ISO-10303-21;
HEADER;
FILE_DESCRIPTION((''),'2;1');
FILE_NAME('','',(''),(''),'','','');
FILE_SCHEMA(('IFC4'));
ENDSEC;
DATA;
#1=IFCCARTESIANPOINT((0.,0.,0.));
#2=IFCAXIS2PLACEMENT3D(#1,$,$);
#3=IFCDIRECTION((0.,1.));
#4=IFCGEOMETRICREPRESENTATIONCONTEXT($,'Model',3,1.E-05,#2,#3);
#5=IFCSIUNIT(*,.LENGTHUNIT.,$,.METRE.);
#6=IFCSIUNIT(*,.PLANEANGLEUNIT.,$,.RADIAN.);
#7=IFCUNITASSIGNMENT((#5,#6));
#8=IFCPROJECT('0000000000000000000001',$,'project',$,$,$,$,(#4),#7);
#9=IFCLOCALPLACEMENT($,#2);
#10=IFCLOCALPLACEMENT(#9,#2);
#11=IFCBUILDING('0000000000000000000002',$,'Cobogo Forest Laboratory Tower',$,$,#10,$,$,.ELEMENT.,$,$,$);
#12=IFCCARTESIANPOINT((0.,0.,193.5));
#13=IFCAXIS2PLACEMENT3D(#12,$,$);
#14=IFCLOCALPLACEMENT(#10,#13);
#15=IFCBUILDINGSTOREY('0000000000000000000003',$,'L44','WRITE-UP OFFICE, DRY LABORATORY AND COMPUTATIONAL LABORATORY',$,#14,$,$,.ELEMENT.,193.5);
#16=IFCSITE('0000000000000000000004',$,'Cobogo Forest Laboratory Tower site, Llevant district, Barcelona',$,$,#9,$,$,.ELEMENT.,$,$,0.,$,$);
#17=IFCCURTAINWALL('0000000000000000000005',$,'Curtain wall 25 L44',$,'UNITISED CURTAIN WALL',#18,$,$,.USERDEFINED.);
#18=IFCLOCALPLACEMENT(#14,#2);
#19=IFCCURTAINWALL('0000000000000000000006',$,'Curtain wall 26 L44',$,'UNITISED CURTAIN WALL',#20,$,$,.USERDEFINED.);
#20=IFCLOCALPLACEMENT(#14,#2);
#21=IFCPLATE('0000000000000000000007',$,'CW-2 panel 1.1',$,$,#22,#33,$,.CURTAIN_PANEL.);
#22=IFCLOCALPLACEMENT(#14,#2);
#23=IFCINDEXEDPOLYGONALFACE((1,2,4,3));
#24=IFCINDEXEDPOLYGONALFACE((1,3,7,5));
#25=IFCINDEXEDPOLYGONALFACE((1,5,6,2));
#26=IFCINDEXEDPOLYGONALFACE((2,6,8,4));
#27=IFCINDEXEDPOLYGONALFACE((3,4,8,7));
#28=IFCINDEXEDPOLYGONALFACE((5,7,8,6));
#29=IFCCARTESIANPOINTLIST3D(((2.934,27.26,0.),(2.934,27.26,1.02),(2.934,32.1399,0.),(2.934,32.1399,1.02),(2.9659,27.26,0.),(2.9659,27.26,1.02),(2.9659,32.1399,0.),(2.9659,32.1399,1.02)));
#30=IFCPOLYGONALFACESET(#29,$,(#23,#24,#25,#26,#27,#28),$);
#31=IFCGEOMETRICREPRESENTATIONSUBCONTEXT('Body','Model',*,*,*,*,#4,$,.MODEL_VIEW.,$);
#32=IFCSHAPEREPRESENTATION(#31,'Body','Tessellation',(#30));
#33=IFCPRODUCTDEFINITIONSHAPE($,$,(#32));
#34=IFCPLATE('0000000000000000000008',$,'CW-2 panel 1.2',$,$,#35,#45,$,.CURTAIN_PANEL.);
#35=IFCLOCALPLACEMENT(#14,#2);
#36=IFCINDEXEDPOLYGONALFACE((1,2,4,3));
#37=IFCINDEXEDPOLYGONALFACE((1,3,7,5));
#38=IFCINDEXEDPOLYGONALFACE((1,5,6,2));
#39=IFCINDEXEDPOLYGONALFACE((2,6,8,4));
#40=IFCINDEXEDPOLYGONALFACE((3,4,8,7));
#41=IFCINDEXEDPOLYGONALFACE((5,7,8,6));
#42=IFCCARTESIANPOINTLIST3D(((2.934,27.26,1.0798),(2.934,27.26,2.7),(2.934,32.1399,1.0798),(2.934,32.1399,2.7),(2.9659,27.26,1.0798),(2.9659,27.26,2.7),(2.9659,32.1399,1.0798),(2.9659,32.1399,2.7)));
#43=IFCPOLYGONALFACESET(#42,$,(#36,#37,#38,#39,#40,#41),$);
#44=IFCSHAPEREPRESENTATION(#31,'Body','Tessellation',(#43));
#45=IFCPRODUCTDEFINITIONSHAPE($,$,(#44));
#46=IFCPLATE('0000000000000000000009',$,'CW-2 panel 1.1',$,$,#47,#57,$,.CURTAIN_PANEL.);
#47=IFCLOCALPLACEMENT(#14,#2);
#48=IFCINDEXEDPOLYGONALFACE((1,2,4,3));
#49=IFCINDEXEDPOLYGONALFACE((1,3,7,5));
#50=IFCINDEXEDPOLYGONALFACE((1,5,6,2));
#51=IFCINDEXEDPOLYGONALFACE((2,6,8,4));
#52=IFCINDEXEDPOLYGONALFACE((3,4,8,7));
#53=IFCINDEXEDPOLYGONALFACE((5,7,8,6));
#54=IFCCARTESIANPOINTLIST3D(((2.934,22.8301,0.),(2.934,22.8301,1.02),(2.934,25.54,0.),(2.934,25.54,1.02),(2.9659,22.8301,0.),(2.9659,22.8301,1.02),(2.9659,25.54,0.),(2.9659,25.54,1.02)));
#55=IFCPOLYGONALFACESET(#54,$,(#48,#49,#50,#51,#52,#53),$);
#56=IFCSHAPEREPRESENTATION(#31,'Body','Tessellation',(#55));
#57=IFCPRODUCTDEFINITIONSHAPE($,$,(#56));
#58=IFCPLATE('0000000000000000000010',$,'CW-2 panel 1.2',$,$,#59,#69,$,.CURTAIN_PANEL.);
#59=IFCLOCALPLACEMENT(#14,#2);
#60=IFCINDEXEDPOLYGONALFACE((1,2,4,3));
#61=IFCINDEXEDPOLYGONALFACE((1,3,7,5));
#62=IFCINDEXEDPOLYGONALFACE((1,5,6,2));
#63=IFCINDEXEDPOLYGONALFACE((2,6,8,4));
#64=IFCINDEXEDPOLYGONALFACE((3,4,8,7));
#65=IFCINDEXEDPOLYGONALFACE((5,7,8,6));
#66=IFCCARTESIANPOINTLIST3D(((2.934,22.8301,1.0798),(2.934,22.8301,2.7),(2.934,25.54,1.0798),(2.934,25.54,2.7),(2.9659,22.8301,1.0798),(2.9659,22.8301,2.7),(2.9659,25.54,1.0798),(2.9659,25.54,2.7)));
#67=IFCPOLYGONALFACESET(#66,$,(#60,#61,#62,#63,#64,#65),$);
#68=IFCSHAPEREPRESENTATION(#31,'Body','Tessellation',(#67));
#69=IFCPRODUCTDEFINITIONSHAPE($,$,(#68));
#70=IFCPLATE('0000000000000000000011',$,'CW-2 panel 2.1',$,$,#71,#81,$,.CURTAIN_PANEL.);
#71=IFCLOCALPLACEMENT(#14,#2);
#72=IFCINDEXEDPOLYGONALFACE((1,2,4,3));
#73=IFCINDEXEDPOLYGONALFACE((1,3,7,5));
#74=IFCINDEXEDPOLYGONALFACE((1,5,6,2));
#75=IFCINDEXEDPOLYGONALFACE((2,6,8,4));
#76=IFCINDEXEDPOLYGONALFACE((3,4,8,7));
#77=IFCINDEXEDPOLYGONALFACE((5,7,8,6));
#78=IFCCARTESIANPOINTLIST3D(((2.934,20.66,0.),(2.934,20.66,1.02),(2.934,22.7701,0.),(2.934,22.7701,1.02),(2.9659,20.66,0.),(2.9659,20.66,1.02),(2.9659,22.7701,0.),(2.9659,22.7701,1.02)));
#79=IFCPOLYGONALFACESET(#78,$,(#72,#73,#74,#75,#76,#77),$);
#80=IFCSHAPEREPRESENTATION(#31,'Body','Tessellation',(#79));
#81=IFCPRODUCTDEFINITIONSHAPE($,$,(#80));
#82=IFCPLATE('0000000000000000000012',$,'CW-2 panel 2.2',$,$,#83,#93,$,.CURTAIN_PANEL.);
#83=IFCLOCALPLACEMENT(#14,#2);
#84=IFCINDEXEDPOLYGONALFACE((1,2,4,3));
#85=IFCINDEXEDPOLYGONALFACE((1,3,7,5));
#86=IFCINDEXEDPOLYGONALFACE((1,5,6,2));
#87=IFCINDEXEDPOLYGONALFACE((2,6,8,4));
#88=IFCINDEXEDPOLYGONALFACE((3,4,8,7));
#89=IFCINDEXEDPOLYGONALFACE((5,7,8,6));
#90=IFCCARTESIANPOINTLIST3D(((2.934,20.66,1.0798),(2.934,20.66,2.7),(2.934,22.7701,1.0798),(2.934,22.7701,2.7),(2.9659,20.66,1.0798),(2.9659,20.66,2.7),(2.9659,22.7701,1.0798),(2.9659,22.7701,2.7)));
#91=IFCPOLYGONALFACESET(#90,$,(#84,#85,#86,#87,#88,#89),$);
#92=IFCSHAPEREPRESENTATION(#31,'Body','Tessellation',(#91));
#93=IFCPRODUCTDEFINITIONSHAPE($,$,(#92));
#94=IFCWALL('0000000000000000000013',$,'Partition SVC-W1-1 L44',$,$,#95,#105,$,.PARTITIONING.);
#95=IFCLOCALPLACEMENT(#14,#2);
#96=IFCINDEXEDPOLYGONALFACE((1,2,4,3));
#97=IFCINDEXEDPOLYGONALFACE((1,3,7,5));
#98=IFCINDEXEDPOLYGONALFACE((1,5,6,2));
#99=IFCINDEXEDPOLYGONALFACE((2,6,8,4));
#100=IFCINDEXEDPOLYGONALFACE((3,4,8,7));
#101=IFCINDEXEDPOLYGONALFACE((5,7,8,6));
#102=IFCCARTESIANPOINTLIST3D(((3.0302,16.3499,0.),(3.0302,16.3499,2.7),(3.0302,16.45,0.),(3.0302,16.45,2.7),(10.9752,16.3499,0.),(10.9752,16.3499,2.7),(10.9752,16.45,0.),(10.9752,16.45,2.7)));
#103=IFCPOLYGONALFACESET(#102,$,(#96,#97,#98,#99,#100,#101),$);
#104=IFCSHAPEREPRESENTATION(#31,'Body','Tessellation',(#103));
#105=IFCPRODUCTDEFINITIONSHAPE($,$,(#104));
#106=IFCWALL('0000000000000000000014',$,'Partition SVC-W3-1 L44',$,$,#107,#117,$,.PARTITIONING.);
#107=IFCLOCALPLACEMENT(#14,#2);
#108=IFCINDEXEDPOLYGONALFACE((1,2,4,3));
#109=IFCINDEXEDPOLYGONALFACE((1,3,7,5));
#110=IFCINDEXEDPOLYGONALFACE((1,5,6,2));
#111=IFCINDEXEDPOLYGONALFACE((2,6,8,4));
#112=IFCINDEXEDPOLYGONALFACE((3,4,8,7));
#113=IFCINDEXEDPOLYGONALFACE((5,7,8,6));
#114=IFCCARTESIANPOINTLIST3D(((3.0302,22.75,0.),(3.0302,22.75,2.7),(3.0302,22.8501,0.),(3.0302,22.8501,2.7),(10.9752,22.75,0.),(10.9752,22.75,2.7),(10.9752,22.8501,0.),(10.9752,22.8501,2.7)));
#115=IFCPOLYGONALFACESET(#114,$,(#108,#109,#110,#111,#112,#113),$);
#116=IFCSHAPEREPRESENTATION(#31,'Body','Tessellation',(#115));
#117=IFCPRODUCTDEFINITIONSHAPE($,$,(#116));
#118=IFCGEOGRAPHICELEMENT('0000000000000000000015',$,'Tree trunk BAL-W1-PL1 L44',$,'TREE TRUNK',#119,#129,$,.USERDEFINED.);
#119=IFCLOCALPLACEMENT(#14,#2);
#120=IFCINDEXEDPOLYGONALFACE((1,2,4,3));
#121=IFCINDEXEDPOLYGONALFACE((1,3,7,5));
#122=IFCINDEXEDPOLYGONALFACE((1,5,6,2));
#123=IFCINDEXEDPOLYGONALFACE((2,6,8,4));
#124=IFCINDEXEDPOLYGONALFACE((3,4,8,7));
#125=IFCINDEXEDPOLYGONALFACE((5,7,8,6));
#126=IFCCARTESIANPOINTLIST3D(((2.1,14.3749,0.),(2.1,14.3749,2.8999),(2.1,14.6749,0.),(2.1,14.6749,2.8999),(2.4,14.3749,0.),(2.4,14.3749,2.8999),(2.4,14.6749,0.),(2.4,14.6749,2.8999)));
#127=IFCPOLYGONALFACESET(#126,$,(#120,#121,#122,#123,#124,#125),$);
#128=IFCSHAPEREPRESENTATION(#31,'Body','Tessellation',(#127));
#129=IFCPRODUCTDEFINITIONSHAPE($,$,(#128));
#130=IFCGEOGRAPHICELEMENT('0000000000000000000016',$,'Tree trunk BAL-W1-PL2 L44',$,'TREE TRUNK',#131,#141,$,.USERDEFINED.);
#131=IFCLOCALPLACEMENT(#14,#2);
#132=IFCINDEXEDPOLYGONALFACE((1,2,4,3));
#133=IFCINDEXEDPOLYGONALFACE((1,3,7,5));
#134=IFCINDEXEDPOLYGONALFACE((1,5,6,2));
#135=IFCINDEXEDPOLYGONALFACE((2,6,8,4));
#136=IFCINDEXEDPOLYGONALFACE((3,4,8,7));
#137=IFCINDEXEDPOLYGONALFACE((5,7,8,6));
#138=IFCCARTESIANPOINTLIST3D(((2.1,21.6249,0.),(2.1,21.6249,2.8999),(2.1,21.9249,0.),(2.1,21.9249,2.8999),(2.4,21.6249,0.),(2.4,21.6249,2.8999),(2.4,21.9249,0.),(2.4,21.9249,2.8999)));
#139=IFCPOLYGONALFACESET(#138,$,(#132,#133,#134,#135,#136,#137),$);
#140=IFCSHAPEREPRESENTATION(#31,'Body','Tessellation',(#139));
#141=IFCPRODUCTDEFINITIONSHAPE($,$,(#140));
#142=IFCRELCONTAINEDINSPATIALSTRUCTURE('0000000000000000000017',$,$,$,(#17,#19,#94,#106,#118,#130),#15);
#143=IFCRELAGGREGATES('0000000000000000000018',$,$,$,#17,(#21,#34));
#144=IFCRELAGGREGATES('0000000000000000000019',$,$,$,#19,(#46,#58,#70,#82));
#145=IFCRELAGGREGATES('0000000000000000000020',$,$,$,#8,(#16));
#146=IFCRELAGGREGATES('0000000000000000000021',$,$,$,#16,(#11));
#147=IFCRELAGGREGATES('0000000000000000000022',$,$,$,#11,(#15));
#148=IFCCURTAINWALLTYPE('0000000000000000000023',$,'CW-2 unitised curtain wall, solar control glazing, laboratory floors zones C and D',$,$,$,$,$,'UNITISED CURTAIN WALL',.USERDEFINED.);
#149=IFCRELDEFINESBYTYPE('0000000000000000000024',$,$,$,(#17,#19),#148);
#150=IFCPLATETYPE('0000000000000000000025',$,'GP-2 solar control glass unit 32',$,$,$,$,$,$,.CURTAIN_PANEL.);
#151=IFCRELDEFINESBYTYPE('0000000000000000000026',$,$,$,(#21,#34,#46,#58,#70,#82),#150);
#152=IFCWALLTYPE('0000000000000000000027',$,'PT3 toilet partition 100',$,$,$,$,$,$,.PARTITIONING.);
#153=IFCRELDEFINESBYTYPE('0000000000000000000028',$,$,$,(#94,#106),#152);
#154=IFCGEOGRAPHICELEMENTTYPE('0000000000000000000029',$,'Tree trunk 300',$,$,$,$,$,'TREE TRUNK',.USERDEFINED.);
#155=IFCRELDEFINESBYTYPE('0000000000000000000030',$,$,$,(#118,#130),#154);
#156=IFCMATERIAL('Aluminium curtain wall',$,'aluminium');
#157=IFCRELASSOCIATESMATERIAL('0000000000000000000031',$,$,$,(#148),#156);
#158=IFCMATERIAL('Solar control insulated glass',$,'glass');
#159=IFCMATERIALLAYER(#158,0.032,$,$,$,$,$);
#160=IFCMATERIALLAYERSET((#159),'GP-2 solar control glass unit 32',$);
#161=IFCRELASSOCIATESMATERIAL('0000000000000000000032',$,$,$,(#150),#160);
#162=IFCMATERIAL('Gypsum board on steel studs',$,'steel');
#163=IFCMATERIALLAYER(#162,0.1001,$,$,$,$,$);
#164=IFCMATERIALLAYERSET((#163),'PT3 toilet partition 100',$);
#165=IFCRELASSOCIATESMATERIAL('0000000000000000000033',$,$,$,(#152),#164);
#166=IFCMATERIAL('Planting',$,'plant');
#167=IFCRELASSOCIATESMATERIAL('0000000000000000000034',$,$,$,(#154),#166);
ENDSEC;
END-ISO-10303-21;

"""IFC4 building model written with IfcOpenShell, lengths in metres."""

from ifc_helpers import new_model, si_unit, direction, frame, frame_2d, origin, origin_2d, place, context, subcontext, project, spatial, rectangle, extrude, material, layer, layer_set, type_object, element, aggregate, save


model = new_model("IFC4")

# Units and contexts
model_context = context("Model", 3, precision=1e-05, world=origin(), true_north=direction((0.0, 1.0)))
body_context = subcontext(model_context, "Body", "Model", "MODEL_VIEW")
ifc_project = project(units=[si_unit("LENGTHUNIT", "METRE"), si_unit("PLANEANGLEUNIT", "RADIAN")], contexts=[model_context])

# Site, building, storey
site_placement = place(None, origin())
site = spatial("IfcSite", under=ifc_project, at=site_placement, Name="Cobogo Forest Laboratory Tower site, Llevant district, Barcelona", CompositionType="ELEMENT", RefElevation=0.0)
building_placement = place(site_placement, origin())
building = spatial("IfcBuilding", under=site, at=building_placement, Name="Cobogo Forest Laboratory Tower", CompositionType="ELEMENT")
storey_placement = place(building_placement, frame((0.0, 0.0, 193.5)))
storey = spatial("IfcBuildingStorey", under=building, at=storey_placement, Name="L44", Description="WRITE-UP OFFICE, DRY LABORATORY AND COMPUTATIONAL LABORATORY", CompositionType="ELEMENT", Elevation=193.5)

# Curtain walls
ifc_material_1 = material(Name="Aluminium curtain wall", Category="aluminium")
curtain_wall_type = type_object("IfcCurtainWallType", Name="CW-2 unitised curtain wall, solar control glazing, laboratory floors zones C and D", ElementType="UNITISED CURTAIN WALL", PredefinedType="USERDEFINED", material=ifc_material_1)
curtain_wall_1_placement = place(storey_placement, origin())
curtain_wall_1 = element("IfcCurtainWall", 1, at=curtain_wall_1_placement, inside=storey, type_object=curtain_wall_type, Name="Curtain wall 25 L44", ObjectType="UNITISED CURTAIN WALL", PredefinedType="USERDEFINED")
curtain_wall_2_placement = place(storey_placement, origin())
curtain_wall_2 = element("IfcCurtainWall", 2, at=curtain_wall_2_placement, inside=storey, type_object=curtain_wall_type, Name="Curtain wall 26 L44", ObjectType="UNITISED CURTAIN WALL", PredefinedType="USERDEFINED")

# Plates
ifc_material_2 = material(Name="Solar control insulated glass", Category="glass")
ifc_layer_1 = layer(ifc_material_2, 0.032)
ifc_layer_set_1 = layer_set([ifc_layer_1], Name="GP-2 solar control glass unit 32")
plate_type_1 = type_object("IfcPlateType", Name="GP-2 solar control glass unit 32", PredefinedType="CURTAIN_PANEL", material=ifc_layer_set_1)
plate_1_placement = place(storey_placement, frame((2.95, 29.7, 0.0), z_axis=(0.0, 0.0, 1.0), x_axis=(0.0, -1.0, 0.0)))
plate_1 = element("IfcPlate", 3, at=plate_1_placement, type_object=plate_type_1, Name="CW-2 panel 1.1", PredefinedType="CURTAIN_PANEL", context=body_context, shape_type="SweptSolid", body=[
    extrude(rectangle(XDim=4.8799, YDim=0.032, at=origin_2d()), origin(), (0.0, 0.0, 1.0), 1.02),
])
plate_2_placement = place(storey_placement, frame((2.95, 29.7, 1.0798), z_axis=(0.0, 0.0, 1.0), x_axis=(0.0, -1.0, 0.0)))
plate_2 = element("IfcPlate", 4, at=plate_2_placement, type_object=plate_type_1, Name="CW-2 panel 1.2", PredefinedType="CURTAIN_PANEL", context=body_context, shape_type="SweptSolid", body=[
    extrude(rectangle(XDim=4.8799, YDim=0.032, at=origin_2d()), origin(), (0.0, 0.0, 1.0), 1.6201),
])
aggregate(curtain_wall_1, [plate_1, plate_2])
plate_3_placement = place(storey_placement, frame((2.95, 24.1851, 0.0), z_axis=(0.0, 0.0, 1.0), x_axis=(0.0, -1.0, 0.0)))
plate_3 = element("IfcPlate", 5, at=plate_3_placement, type_object=plate_type_1, Name="CW-2 panel 1.1", PredefinedType="CURTAIN_PANEL", context=body_context, shape_type="SweptSolid", body=[
    extrude(rectangle(XDim=2.71, YDim=0.032, at=origin_2d()), origin(), (0.0, 0.0, 1.0), 1.02),
])
plate_4_placement = place(storey_placement, frame((2.95, 24.1851, 1.0798), z_axis=(0.0, 0.0, 1.0), x_axis=(0.0, -1.0, 0.0)))
plate_4 = element("IfcPlate", 6, at=plate_4_placement, type_object=plate_type_1, Name="CW-2 panel 1.2", PredefinedType="CURTAIN_PANEL", context=body_context, shape_type="SweptSolid", body=[
    extrude(rectangle(XDim=2.71, YDim=0.032, at=origin_2d()), origin(), (0.0, 0.0, 1.0), 1.6201),
])
plate_5_placement = place(storey_placement, frame((2.95, 21.7151, 0.0), z_axis=(0.0, 0.0, 1.0), x_axis=(0.0, -1.0, 0.0)))
plate_5 = element("IfcPlate", 7, at=plate_5_placement, type_object=plate_type_1, Name="CW-2 panel 2.1", PredefinedType="CURTAIN_PANEL", context=body_context, shape_type="SweptSolid", body=[
    extrude(rectangle(XDim=2.1101, YDim=0.032, at=origin_2d()), origin(), (0.0, 0.0, 1.0), 1.02),
])
plate_6_placement = place(storey_placement, frame((2.95, 21.7151, 1.0798), z_axis=(0.0, 0.0, 1.0), x_axis=(0.0, -1.0, 0.0)))
plate_6 = element("IfcPlate", 8, at=plate_6_placement, type_object=plate_type_1, Name="CW-2 panel 2.2", PredefinedType="CURTAIN_PANEL", context=body_context, shape_type="SweptSolid", body=[
    extrude(rectangle(XDim=2.1101, YDim=0.032, at=origin_2d()), origin(), (0.0, 0.0, 1.0), 1.6201),
])
aggregate(curtain_wall_2, [plate_3, plate_4, plate_5, plate_6])

# Walls
ifc_material_3 = material(Name="Gypsum board on steel studs", Category="steel")
ifc_layer_2 = layer(ifc_material_3, 0.1001)
ifc_layer_set_2 = layer_set([ifc_layer_2], Name="PT3 toilet partition 100")
wall_type_1 = type_object("IfcWallType", Name="PT3 toilet partition 100", PredefinedType="PARTITIONING", material=ifc_layer_set_2)
for number, where, z_axis, x_axis, name in (
    (9, (3.03, 16.3999, 0.0), (0.0, 0.0, 1.0), (1.0, 0.0, 0.0), "Partition SVC-W1-1 L44"),
    (10, (3.03, 22.8, 0.0), (0.0, 0.0, 1.0), (1.0, 0.0, 0.0), "Partition SVC-W3-1 L44"),
):
    element("IfcWall", number, at=place(storey_placement, frame(where, z_axis=z_axis, x_axis=x_axis)), inside=storey, type_object=wall_type_1, Name=name, PredefinedType="PARTITIONING", context=body_context, shape_type="SweptSolid", body=[
        extrude(rectangle(XDim=7.9451, YDim=0.1001, at=frame_2d((3.9727, 0.0))), origin(), (0.0, 0.0, 1.0), 2.7),
    ])

# Geographic elements
ifc_material_4 = material(Name="Planting", Category="plant")
geographic_element_type = type_object("IfcGeographicElementType", Name="Tree trunk 300", ElementType="TREE TRUNK", PredefinedType="USERDEFINED", material=ifc_material_4)
for number, where, z_axis, x_axis, name in (
    (11, (2.25, 14.5249, 0.0), (0.0, 0.0, 1.0), (1.0, 0.0, 0.0), "Tree trunk BAL-W1-PL1 L44"),
    (12, (2.25, 21.7749, 0.0), (0.0, 0.0, 1.0), (1.0, 0.0, 0.0), "Tree trunk BAL-W1-PL2 L44"),
):
    element("IfcGeographicElement", number, at=place(storey_placement, frame(where, z_axis=z_axis, x_axis=x_axis)), inside=storey, type_object=geographic_element_type, Name=name, ObjectType="TREE TRUNK", PredefinedType="USERDEFINED", context=body_context, shape_type="SweptSolid", body=[
        extrude(rectangle(XDim=0.3, YDim=0.3, at=origin_2d()), origin(), (0.0, 0.0, 1.0), 2.8999),
    ])

save(model, "model.ifc")
